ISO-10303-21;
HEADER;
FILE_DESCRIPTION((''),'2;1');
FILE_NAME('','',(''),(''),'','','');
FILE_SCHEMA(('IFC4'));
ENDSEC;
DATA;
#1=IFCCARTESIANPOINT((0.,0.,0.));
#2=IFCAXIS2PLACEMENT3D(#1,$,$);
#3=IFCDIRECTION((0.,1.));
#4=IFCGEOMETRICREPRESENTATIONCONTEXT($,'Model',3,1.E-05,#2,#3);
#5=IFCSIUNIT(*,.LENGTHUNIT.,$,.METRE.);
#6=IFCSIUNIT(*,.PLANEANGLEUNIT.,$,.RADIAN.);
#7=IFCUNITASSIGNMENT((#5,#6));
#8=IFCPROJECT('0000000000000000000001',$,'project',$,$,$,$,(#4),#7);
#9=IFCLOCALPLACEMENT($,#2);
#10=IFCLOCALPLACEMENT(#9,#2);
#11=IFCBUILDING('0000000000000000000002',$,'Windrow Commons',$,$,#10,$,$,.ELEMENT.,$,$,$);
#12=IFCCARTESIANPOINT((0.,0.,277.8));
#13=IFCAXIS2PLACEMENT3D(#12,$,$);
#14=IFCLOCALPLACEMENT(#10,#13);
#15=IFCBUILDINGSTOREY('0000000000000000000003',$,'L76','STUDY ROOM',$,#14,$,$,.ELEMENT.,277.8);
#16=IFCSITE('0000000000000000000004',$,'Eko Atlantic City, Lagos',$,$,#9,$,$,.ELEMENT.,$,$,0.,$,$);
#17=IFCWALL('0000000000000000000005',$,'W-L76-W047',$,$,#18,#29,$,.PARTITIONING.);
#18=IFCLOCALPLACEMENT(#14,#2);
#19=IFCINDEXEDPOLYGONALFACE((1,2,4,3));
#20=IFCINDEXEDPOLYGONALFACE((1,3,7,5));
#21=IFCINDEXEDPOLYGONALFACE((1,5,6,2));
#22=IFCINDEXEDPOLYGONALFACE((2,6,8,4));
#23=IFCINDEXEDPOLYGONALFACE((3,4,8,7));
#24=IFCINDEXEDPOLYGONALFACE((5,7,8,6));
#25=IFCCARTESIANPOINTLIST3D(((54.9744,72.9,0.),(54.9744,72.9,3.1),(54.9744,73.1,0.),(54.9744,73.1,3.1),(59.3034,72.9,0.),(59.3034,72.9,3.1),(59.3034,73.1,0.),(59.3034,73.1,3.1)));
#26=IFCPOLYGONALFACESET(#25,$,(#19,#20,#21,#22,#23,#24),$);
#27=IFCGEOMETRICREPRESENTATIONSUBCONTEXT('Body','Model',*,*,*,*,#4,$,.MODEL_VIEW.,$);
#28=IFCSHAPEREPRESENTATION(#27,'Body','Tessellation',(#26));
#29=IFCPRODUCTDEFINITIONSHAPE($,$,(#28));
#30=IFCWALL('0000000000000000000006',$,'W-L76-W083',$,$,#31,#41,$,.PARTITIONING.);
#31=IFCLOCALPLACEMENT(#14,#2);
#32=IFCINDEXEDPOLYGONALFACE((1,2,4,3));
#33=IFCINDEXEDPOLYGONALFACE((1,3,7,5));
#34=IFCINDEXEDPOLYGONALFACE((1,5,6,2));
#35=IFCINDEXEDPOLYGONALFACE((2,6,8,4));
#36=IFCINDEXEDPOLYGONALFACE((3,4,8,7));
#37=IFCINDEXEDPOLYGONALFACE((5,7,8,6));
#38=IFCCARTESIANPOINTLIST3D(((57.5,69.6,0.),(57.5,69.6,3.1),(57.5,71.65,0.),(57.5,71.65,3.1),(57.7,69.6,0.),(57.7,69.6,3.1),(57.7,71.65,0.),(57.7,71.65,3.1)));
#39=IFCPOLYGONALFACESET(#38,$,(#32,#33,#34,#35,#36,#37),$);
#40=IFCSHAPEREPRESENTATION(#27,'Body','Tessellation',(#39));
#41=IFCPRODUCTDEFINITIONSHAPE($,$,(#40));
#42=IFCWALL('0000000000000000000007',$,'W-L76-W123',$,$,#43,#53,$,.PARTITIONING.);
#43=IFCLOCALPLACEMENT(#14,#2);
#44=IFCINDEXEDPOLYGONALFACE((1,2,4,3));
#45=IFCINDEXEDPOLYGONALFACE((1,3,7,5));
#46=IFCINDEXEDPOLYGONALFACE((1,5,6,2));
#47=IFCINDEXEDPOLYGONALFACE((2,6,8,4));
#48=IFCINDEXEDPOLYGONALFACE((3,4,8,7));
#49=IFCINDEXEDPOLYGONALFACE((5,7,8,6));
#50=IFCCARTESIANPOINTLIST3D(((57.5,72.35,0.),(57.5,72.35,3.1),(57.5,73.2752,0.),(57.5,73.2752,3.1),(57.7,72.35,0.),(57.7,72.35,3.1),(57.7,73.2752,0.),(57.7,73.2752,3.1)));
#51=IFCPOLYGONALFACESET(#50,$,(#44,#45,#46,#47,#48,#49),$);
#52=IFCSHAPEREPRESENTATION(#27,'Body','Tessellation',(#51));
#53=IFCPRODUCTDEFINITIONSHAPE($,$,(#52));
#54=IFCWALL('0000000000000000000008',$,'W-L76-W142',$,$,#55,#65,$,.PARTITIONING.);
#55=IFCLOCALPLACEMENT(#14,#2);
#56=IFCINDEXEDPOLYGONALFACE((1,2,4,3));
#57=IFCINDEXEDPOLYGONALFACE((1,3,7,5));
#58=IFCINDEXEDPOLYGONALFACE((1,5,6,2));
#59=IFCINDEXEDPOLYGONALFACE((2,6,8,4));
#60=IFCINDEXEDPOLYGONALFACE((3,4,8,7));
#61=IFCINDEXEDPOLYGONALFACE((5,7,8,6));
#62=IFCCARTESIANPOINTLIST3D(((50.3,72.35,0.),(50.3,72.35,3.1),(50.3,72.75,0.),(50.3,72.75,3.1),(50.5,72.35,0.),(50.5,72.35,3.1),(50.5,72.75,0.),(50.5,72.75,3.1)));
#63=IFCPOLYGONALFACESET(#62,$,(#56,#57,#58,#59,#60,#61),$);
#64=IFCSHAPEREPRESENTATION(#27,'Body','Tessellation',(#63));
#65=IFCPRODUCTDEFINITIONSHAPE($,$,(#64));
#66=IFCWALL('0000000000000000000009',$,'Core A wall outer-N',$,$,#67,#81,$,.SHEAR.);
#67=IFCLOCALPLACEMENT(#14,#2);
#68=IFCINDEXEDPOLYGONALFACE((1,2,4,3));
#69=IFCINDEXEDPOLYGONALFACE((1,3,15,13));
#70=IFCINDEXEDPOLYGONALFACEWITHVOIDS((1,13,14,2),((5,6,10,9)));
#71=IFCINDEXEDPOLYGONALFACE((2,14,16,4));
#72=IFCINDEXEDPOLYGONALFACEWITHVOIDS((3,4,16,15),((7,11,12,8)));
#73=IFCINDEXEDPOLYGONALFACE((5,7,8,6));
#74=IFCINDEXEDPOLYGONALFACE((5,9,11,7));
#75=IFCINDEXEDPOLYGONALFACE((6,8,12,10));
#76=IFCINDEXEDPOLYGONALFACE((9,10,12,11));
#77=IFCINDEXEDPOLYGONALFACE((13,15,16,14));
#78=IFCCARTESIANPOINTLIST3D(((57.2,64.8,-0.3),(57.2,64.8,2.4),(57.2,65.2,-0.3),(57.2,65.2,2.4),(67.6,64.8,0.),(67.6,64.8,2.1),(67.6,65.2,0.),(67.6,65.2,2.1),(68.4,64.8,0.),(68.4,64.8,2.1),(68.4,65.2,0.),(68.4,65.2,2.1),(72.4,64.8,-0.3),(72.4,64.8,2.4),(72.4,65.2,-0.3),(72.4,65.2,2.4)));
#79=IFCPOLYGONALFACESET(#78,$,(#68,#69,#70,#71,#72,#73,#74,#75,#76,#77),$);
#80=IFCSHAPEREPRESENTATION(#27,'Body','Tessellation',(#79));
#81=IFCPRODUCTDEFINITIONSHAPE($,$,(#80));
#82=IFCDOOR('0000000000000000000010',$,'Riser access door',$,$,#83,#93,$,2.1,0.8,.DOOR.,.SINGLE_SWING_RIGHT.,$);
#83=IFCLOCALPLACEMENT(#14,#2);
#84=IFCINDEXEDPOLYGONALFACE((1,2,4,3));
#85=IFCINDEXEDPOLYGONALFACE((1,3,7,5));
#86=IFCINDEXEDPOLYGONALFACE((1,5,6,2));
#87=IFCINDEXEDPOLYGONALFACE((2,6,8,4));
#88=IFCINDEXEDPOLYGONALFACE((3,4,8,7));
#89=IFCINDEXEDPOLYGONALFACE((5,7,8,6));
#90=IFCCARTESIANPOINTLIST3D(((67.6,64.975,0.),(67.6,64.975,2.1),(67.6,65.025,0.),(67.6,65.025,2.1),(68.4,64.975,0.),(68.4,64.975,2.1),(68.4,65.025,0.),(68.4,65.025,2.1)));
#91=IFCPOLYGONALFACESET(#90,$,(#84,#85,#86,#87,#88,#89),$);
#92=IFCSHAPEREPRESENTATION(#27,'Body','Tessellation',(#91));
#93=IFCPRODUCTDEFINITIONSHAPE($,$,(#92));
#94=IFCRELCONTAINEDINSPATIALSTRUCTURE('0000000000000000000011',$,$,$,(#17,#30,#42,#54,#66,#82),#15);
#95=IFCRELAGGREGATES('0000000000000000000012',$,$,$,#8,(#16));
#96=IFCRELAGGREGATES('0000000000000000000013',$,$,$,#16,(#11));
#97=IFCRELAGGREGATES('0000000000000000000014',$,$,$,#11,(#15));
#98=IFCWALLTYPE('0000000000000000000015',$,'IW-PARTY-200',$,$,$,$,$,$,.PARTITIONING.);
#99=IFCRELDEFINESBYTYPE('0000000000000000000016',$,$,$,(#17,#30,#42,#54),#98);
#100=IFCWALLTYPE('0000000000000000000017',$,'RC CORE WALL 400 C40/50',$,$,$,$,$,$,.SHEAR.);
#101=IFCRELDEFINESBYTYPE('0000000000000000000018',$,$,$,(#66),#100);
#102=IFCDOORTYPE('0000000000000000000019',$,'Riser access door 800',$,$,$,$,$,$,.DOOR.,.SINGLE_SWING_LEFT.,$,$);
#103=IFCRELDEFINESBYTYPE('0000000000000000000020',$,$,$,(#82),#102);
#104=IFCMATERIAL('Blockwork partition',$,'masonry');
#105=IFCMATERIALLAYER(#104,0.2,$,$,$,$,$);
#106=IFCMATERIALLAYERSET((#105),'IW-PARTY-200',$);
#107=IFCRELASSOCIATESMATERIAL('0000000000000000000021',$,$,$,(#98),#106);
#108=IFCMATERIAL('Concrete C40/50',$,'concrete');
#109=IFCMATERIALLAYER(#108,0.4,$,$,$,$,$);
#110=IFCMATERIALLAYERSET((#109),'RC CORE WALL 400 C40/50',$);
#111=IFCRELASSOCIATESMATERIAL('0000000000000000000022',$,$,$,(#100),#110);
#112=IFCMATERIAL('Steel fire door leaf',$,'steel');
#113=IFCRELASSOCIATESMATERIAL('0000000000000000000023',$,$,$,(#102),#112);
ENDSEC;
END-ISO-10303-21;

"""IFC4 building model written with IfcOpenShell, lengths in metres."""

from ifc_helpers import new_model, si_unit, direction, frame, frame_2d, origin, place, context, subcontext, project, spatial, rectangle, extrude, material, layer, layer_set, type_object, element, fill, save


model = new_model("IFC4")

# Units and contexts
model_context = context("Model", 3, precision=1e-05, world=origin(), true_north=direction((0.0, 1.0)))
body_context = subcontext(model_context, "Body", "Model", "MODEL_VIEW")
ifc_project = project(units=[si_unit("LENGTHUNIT", "METRE"), si_unit("PLANEANGLEUNIT", "RADIAN")], contexts=[model_context])

# Site, building, storey
site_placement = place(None, origin())
site = spatial("IfcSite", under=ifc_project, at=site_placement, Name="Eko Atlantic City, Lagos", CompositionType="ELEMENT", RefElevation=0.0)
building_placement = place(site_placement, origin())
building = spatial("IfcBuilding", under=site, at=building_placement, Name="Windrow Commons", CompositionType="ELEMENT")
storey_placement = place(building_placement, frame((0.0, 0.0, 277.8)))
storey = spatial("IfcBuildingStorey", under=building, at=storey_placement, Name="L76", Description="STUDY ROOM", CompositionType="ELEMENT", Elevation=277.8)

# Walls
ifc_material_1 = material(Name="Blockwork partition", Category="masonry")
ifc_layer_1 = layer(ifc_material_1, 0.2)
ifc_layer_set_1 = layer_set([ifc_layer_1], Name="IW-PARTY-200")
wall_type_1 = type_object("IfcWallType", Name="IW-PARTY-200", PredefinedType="PARTITIONING", material=ifc_layer_set_1)
wall_1_placement = place(storey_placement, frame((54.9745, 73.0, 0.0), z_axis=(0.0, 0.0, 1.0), x_axis=(1.0, 0.0, 0.0)))
element("IfcWall", 1, at=wall_1_placement, inside=storey, type_object=wall_type_1, Name="W-L76-W047", PredefinedType="PARTITIONING", context=body_context, shape_type="SweptSolid", body=[
    extrude(rectangle(XDim=4.3289, YDim=0.2, at=frame_2d((2.1644, 0.0))), origin(), (0.0, 0.0, 1.0), 3.1),
])
wall_2_placement = place(storey_placement, frame((57.6, 69.6, 0.0), z_axis=(0.0, 0.0, 1.0), x_axis=(0.0, 1.0, 0.0)))
element("IfcWall", 2, at=wall_2_placement, inside=storey, type_object=wall_type_1, Name="W-L76-W083", PredefinedType="PARTITIONING", context=body_context, shape_type="SweptSolid", body=[
    extrude(rectangle(XDim=2.05, YDim=0.2, at=frame_2d((1.025, 0.0))), origin(), (0.0, 0.0, 1.0), 3.1),
])
wall_3_placement = place(storey_placement, frame((57.6, 72.35, 0.0), z_axis=(0.0, 0.0, 1.0), x_axis=(0.0, 1.0, 0.0)))
element("IfcWall", 3, at=wall_3_placement, inside=storey, type_object=wall_type_1, Name="W-L76-W123", PredefinedType="PARTITIONING", context=body_context, shape_type="SweptSolid", body=[
    extrude(rectangle(XDim=0.9251, YDim=0.2, at=frame_2d((0.4626, 0.0))), origin(), (0.0, 0.0, 1.0), 3.1),
])
wall_4_placement = place(storey_placement, frame((50.4, 72.35, 0.0), z_axis=(0.0, 0.0, 1.0), x_axis=(0.0, 1.0, 0.0)))
element("IfcWall", 4, at=wall_4_placement, inside=storey, type_object=wall_type_1, Name="W-L76-W142", PredefinedType="PARTITIONING", context=body_context, shape_type="SweptSolid", body=[
    extrude(rectangle(XDim=0.4, YDim=0.2, at=frame_2d((0.2, 0.0))), origin(), (0.0, 0.0, 1.0), 3.1),
])

# Wall, opening, door
ifc_material_2 = material(Name="Concrete C40/50", Category="concrete")
ifc_layer_2 = layer(ifc_material_2, 0.4)
ifc_layer_set_2 = layer_set([ifc_layer_2], Name="RC CORE WALL 400 C40/50")
wall_type_2 = type_object("IfcWallType", Name="RC CORE WALL 400 C40/50", PredefinedType="SHEAR", material=ifc_layer_set_2)
wall_5_placement = place(storey_placement, frame((57.2, 65.0, -0.3), z_axis=(0.0, 0.0, 1.0), x_axis=(1.0, 0.0, 0.0)))
wall_5 = element("IfcWall", 5, at=wall_5_placement, inside=storey, type_object=wall_type_2, Name="Core A wall outer-N", PredefinedType="SHEAR", context=body_context, shape_type="SweptSolid", body=[
    extrude(rectangle(XDim=15.2, YDim=0.4, at=frame_2d((7.6, 0.0))), origin(), (0.0, 0.0, 1.0), 2.7),
])
opening_1_placement = place(wall_5_placement, frame((10.4, 0.0, 0.3)))
opening_1 = element("IfcOpeningElement", 6, at=opening_1_placement, cuts=wall_5, PredefinedType="OPENING", context=body_context, shape_type="SweptSolid", body=[
    extrude(rectangle(XDim=0.8, YDim=2.1, at=frame_2d((0.4, 1.05))), frame((0.0, 0.21, 0.0), z_axis=(0.0, -1.0, 0.0), x_axis=(1.0, 0.0, 0.0)), (0.0, 0.0, 1.0), 0.42),
])
ifc_material_3 = material(Name="Steel fire door leaf", Category="steel")
door_type_1 = type_object("IfcDoorType", Name="Riser access door 800", OperationType="SINGLE_SWING_LEFT", PredefinedType="DOOR", material=ifc_material_3)
door_1_placement = place(opening_1_placement, origin())
door_1 = element("IfcDoor", 7, at=door_1_placement, inside=storey, type_object=door_type_1, Name="Riser access door", OperationType="SINGLE_SWING_RIGHT", OverallHeight=2.1, OverallWidth=0.8, PredefinedType="DOOR", context=body_context, shape_type="SweptSolid", body=[
    extrude(rectangle(XDim=0.8, YDim=2.1, at=frame_2d((0.4, 1.05))), frame((0.0, 0.025, 0.0), z_axis=(0.0, -1.0, 0.0), x_axis=(1.0, 0.0, 0.0)), (0.0, 0.0, 1.0), 0.05),
])
fill(opening_1, door_1)

save(model, "model.ifc")
